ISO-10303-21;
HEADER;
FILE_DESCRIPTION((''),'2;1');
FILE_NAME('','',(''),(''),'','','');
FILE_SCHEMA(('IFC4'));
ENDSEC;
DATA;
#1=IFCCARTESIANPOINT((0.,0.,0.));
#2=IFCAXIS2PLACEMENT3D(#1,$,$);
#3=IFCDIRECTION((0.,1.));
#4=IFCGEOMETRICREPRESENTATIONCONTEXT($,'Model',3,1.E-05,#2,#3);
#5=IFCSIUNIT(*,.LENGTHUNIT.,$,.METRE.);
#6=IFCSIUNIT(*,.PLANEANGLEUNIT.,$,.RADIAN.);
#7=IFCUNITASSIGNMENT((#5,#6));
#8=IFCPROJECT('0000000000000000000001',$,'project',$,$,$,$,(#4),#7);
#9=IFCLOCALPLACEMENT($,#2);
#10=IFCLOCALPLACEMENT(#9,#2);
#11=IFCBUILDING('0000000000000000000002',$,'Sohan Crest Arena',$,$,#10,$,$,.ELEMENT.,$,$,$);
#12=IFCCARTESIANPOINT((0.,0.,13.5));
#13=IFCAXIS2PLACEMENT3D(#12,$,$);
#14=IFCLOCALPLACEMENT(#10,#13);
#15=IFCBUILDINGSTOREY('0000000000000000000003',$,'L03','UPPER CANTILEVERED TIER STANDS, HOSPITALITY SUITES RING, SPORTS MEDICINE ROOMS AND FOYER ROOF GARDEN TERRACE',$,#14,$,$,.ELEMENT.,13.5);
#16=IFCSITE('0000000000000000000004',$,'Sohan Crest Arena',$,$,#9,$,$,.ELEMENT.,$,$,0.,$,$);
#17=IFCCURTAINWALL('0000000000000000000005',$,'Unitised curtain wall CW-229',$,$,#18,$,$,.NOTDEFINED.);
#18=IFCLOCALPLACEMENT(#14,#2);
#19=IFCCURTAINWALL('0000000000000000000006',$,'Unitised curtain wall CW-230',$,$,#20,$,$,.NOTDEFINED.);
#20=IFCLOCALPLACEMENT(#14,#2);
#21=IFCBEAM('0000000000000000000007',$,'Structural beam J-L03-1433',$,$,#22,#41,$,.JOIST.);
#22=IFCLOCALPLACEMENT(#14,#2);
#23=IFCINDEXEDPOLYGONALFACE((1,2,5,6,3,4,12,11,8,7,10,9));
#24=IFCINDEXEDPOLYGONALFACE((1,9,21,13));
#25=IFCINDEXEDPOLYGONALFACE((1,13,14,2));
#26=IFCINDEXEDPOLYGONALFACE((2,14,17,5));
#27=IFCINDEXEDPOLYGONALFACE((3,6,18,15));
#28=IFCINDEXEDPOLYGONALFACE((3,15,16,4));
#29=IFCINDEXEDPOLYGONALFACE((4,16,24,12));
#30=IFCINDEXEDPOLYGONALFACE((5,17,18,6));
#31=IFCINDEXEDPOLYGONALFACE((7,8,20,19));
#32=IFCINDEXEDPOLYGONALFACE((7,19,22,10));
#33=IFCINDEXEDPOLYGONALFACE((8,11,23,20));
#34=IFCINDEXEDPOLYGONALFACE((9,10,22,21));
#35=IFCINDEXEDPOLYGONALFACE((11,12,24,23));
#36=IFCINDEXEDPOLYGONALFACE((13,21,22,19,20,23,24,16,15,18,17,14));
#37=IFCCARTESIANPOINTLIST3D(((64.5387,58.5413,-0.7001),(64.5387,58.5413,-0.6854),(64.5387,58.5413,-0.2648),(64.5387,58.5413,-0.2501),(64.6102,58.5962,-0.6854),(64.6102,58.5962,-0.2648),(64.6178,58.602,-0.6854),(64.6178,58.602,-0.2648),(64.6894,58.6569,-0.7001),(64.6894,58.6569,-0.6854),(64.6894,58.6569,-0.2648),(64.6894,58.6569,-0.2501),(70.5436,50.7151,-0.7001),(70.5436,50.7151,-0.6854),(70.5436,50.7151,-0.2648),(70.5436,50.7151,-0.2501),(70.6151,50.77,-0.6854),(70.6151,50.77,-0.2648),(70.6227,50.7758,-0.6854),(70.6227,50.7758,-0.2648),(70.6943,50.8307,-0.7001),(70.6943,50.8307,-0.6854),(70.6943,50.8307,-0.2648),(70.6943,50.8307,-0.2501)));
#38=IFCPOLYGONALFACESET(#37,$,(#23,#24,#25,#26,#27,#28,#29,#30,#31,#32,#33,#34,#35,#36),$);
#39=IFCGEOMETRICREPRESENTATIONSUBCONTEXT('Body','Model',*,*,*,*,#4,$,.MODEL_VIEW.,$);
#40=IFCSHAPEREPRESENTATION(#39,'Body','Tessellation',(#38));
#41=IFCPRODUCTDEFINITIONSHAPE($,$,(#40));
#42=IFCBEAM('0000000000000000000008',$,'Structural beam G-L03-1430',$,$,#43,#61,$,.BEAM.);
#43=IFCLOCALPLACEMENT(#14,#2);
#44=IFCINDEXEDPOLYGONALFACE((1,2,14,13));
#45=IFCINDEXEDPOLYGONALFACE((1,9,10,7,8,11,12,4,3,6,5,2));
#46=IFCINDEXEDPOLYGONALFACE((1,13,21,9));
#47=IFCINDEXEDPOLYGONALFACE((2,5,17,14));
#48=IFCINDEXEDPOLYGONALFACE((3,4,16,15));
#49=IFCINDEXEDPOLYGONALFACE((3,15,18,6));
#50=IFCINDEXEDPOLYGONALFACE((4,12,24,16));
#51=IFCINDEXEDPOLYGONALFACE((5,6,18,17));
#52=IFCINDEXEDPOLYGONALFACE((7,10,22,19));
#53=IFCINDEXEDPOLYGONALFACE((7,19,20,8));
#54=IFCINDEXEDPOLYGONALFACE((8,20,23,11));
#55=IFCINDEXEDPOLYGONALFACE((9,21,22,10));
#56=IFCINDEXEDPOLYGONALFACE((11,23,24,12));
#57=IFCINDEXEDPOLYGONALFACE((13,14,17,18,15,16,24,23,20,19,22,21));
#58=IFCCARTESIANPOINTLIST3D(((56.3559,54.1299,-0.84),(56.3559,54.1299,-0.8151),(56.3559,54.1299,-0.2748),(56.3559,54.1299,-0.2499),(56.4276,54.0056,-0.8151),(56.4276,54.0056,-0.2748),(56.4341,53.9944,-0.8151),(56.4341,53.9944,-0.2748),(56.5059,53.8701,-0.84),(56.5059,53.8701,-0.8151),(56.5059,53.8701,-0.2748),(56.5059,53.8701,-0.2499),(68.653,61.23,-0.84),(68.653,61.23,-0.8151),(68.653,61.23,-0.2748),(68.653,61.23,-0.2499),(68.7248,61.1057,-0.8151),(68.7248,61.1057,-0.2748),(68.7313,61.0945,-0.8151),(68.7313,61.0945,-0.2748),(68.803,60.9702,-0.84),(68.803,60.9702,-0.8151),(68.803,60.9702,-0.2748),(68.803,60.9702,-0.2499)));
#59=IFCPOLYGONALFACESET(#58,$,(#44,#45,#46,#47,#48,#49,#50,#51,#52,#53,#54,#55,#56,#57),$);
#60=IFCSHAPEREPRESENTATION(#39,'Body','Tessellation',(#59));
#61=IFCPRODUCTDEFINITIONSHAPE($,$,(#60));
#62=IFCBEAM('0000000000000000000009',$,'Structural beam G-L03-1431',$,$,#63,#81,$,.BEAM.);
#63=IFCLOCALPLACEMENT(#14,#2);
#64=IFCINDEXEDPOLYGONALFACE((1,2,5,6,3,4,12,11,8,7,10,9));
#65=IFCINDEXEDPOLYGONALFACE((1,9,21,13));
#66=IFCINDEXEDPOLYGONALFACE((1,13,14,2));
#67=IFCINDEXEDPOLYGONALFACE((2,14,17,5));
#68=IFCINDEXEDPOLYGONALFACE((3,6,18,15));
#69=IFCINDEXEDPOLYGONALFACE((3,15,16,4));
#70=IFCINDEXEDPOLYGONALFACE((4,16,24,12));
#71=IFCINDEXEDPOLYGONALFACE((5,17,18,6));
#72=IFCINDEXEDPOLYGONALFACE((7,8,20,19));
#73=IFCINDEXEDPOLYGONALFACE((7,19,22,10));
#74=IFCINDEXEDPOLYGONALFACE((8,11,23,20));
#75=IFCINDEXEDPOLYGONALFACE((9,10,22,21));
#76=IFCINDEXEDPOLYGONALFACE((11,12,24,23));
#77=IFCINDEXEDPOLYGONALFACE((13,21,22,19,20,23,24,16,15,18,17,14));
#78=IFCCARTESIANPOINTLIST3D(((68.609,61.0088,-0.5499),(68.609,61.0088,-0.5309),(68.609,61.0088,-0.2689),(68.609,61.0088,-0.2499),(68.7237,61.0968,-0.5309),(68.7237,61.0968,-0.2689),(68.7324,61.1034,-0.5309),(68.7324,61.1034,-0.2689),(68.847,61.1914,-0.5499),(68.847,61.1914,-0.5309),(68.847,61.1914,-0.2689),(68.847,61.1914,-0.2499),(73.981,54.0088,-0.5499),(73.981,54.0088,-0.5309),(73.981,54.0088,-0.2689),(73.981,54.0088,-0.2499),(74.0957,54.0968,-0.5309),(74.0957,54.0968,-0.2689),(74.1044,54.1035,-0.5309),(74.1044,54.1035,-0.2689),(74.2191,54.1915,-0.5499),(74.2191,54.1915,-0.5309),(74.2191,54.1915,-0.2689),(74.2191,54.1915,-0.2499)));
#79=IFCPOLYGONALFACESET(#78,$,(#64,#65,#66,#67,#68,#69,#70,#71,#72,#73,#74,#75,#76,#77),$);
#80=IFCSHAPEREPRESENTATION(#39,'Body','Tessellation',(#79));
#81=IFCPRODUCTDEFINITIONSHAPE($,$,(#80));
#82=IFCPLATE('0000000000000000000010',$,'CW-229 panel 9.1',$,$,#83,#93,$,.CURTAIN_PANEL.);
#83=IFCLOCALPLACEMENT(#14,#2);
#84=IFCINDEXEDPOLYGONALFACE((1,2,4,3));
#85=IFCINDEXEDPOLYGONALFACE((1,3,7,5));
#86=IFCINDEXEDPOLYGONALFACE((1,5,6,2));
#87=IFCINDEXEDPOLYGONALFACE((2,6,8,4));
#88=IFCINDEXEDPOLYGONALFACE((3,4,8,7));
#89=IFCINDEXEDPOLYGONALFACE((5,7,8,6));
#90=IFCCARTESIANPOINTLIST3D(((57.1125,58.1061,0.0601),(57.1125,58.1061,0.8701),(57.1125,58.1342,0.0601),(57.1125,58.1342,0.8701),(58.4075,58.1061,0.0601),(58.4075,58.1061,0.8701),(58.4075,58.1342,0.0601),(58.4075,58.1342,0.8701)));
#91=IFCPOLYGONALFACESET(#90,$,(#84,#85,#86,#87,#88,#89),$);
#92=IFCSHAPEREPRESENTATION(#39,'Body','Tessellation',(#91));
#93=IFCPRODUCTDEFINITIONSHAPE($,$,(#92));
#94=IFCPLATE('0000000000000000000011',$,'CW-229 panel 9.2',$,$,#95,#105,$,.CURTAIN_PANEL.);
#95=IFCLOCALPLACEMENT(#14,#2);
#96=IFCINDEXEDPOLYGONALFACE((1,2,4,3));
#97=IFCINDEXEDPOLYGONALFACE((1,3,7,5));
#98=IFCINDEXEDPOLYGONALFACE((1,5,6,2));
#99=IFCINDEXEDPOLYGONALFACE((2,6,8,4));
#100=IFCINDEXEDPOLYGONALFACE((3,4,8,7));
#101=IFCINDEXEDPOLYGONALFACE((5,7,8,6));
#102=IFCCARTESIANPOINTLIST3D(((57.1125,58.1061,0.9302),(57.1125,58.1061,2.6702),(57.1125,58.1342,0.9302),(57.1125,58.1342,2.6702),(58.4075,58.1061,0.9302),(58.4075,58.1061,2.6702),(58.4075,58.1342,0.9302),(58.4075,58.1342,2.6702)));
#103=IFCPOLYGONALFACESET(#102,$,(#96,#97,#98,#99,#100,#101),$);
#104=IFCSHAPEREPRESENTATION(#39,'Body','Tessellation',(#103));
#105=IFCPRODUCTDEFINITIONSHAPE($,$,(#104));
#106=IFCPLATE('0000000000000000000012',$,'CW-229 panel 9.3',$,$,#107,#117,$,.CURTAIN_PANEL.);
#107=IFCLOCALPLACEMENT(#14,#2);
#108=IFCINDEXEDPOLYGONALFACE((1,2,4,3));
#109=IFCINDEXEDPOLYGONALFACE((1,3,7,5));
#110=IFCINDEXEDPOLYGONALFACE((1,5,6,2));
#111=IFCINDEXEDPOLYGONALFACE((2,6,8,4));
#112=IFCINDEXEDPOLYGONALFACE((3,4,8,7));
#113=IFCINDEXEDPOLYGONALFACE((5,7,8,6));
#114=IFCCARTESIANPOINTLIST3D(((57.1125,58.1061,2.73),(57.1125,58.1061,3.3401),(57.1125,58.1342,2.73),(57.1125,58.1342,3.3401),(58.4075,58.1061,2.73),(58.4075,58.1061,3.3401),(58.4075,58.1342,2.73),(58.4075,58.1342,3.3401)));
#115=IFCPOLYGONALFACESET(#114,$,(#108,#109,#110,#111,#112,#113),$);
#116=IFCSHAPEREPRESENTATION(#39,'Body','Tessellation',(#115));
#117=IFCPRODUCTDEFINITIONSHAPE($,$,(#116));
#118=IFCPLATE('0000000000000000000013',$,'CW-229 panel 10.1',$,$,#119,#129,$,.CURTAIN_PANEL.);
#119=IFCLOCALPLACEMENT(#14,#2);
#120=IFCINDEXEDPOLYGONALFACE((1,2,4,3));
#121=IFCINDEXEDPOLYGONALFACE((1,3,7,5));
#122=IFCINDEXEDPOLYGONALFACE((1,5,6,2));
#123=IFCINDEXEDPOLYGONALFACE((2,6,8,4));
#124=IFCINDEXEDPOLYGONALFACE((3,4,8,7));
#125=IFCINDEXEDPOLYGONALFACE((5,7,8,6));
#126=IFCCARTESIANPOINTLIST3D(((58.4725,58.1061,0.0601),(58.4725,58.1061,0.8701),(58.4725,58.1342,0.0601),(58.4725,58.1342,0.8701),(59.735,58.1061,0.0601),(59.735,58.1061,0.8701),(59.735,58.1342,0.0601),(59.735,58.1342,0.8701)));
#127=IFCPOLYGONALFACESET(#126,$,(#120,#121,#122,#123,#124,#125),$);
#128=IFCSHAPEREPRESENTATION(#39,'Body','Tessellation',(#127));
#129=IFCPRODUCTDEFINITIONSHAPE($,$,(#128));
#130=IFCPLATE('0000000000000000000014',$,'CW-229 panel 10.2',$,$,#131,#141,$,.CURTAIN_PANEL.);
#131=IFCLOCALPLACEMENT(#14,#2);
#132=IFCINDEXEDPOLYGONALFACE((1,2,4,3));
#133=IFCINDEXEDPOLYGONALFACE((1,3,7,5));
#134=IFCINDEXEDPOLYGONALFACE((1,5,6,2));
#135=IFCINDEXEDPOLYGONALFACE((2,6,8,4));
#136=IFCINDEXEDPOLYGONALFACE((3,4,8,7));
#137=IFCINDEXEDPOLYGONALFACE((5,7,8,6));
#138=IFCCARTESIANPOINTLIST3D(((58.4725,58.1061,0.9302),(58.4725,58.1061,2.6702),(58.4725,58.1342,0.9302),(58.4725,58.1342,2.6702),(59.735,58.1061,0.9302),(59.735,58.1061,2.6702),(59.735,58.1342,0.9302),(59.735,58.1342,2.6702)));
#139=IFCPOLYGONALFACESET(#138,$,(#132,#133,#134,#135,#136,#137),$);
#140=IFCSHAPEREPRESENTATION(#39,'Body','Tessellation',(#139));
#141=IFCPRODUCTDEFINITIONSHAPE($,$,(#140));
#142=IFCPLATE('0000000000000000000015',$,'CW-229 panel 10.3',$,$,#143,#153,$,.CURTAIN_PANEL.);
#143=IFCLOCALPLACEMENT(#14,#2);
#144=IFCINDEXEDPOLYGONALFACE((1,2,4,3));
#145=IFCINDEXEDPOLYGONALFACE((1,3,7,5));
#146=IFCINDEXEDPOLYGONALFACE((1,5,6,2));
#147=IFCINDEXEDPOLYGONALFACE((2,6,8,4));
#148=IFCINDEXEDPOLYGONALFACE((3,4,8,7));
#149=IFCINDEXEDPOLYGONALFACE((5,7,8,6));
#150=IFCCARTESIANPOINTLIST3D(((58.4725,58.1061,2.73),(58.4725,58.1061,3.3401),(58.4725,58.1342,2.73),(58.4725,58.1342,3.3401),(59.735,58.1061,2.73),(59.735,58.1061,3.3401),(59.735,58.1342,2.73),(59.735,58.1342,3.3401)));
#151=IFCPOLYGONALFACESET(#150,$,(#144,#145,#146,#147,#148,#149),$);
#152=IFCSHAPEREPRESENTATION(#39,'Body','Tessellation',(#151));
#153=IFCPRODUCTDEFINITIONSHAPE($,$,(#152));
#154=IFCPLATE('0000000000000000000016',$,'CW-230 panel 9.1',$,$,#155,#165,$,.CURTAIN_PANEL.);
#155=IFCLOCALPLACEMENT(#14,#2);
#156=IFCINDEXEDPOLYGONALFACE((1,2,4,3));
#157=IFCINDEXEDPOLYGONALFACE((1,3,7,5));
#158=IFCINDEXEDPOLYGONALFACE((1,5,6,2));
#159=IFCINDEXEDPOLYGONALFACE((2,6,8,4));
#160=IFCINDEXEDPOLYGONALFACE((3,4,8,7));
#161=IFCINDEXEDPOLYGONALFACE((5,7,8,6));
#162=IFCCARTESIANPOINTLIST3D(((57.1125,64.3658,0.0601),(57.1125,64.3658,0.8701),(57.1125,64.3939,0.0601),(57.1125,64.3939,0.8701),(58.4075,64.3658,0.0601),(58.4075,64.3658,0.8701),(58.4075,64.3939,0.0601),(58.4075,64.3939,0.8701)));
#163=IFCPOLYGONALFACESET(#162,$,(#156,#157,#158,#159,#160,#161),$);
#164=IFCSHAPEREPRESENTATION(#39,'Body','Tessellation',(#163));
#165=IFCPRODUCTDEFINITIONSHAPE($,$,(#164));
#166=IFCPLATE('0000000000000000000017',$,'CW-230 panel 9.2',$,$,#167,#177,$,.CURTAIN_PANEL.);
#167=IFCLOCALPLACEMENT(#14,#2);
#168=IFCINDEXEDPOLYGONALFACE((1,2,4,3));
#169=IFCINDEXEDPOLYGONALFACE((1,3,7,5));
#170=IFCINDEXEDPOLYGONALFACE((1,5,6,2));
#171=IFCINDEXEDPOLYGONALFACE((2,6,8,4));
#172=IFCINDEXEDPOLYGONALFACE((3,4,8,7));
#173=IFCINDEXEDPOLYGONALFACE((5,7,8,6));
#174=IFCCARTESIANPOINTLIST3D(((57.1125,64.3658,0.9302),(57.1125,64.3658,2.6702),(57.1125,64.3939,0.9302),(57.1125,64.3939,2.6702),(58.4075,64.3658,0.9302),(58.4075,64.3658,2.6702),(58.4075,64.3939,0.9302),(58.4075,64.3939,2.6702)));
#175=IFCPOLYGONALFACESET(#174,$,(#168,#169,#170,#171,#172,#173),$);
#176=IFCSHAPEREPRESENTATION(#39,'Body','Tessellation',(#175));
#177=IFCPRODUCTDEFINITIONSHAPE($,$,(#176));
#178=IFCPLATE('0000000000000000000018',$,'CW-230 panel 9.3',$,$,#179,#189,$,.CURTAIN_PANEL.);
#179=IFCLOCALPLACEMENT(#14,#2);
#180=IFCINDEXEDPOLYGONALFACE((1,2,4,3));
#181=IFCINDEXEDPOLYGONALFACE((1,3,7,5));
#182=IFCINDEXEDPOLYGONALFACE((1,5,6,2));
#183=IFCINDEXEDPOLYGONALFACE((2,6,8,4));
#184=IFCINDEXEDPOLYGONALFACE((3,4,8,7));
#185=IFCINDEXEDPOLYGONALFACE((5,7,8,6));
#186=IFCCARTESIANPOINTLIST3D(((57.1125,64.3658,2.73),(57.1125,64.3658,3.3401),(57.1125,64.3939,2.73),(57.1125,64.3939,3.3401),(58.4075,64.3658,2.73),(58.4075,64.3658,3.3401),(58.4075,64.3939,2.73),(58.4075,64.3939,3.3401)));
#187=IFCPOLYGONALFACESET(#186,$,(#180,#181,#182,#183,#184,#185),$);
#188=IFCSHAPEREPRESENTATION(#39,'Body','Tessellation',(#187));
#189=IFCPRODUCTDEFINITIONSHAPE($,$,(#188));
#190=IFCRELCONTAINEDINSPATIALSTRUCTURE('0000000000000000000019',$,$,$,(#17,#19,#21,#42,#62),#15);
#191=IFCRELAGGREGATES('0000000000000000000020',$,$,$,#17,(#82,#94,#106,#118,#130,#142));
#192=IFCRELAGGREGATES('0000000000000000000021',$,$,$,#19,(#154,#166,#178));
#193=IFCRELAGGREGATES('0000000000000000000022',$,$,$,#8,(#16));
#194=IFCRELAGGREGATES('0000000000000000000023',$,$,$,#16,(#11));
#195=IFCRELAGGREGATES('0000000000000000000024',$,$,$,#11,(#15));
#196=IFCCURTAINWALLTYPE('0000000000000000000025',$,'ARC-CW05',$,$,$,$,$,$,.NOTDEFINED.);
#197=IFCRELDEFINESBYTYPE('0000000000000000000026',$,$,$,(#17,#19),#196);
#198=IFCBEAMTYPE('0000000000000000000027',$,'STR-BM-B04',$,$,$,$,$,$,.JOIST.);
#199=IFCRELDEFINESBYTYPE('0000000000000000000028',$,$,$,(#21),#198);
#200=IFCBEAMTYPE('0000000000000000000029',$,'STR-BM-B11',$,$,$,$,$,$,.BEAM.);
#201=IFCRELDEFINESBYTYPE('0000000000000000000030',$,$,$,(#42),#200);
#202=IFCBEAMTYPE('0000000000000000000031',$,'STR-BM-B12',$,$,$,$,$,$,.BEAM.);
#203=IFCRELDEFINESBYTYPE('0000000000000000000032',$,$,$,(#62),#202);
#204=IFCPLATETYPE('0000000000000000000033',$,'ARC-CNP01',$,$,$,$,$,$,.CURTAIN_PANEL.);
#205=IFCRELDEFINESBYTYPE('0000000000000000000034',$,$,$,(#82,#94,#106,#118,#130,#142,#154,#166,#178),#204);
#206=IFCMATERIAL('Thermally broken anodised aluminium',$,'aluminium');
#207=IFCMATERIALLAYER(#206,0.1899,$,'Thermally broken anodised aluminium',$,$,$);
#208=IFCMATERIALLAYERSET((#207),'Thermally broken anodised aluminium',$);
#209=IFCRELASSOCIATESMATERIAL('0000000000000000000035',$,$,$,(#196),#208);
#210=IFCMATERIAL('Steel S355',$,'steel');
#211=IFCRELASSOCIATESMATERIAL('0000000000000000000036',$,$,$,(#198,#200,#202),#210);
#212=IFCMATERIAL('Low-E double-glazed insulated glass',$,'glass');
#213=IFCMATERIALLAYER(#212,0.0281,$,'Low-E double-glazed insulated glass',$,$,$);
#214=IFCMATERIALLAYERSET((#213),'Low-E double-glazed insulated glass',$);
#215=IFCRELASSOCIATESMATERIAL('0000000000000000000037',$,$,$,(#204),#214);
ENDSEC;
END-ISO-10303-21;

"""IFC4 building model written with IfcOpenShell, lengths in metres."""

from ifc_helpers import new_model, si_unit, direction, frame, origin, origin_2d, place, context, subcontext, project, spatial, rectangle, i_section, extrude, material, layer, layer_set, material_profile, profile_set, type_object, element, aggregate, save


model = new_model("IFC4")

# Units and contexts
model_context = context("Model", 3, precision=1e-05, world=origin(), true_north=direction((0.0, 1.0)))
body_context = subcontext(model_context, "Body", "Model", "MODEL_VIEW")
ifc_project = project(units=[si_unit("LENGTHUNIT", "METRE"), si_unit("PLANEANGLEUNIT", "RADIAN")], contexts=[model_context])

# Site, building, storey
site_placement = place(None, origin())
site = spatial("IfcSite", under=ifc_project, at=site_placement, Name="Sohan Crest Arena", CompositionType="ELEMENT", RefElevation=0.0)
building_placement = place(site_placement, origin())
building = spatial("IfcBuilding", under=site, at=building_placement, Name="Sohan Crest Arena", CompositionType="ELEMENT")
storey_placement = place(building_placement, frame((0.0, 0.0, 13.5)))
storey = spatial("IfcBuildingStorey", under=building, at=storey_placement, Name="L03", Description="UPPER CANTILEVERED TIER STANDS, HOSPITALITY SUITES RING, SPORTS MEDICINE ROOMS AND FOYER ROOF GARDEN TERRACE", CompositionType="ELEMENT", Elevation=13.5)

# Shared definitions
ifc_material_1 = material(Name="Steel S355", Category="steel")

# Curtain walls
ifc_material_2 = material(Name="Thermally broken anodised aluminium", Category="aluminium")
ifc_layer_1 = layer(ifc_material_2, 0.1899, Name="Thermally broken anodised aluminium")
ifc_layer_set_1 = layer_set([ifc_layer_1], Name="Thermally broken anodised aluminium")
curtain_wall_type = type_object("IfcCurtainWallType", Name="ARC-CW05", PredefinedType="NOTDEFINED", material=ifc_layer_set_1)
curtain_wall_1_placement = place(storey_placement, origin())
curtain_wall_1 = element("IfcCurtainWall", 1, at=curtain_wall_1_placement, inside=storey, type_object=curtain_wall_type, Name="Unitised curtain wall CW-229", PredefinedType="NOTDEFINED")
curtain_wall_2_placement = place(storey_placement, origin())
curtain_wall_2 = element("IfcCurtainWall", 2, at=curtain_wall_2_placement, inside=storey, type_object=curtain_wall_type, Name="Unitised curtain wall CW-230", PredefinedType="NOTDEFINED")

# Beams
ifc_material_profile_1 = material_profile(ifc_material_1, i_section(OverallWidth=0.1899, OverallDepth=0.45, WebThickness=0.0095, FlangeThickness=0.0146, at=origin_2d()), Name="IPE 450")
ifc_profile_set_1 = profile_set([ifc_material_profile_1], Name="Steel S355")
beam_type_1 = type_object("IfcBeamType", Name="STR-BM-B04", PredefinedType="JOIST", material=ifc_profile_set_1)
beam_1_placement = place(storey_placement, frame((64.614, 58.5991, -0.4751), z_axis=(0.608739, -0.79337, 0.0), x_axis=(0.79337, 0.608739, 0.0)))
element("IfcBeam", 3, at=beam_1_placement, inside=storey, type_object=beam_type_1, Name="Structural beam J-L03-1433", PredefinedType="JOIST", context=body_context, shape_type="SweptSolid", body=[
    extrude(i_section(OverallWidth=0.1899, OverallDepth=0.45, WebThickness=0.0095, FlangeThickness=0.0146, at=origin_2d()), origin(), (0.0, 0.0, 1.0), 9.8645),
])
ifc_material_profile_2 = material_profile(ifc_material_1, i_section(OverallWidth=0.3, OverallDepth=0.5901, WebThickness=0.0129, FlangeThickness=0.0249, at=origin_2d()), Name="HEA 600")
ifc_profile_set_2 = profile_set([ifc_material_profile_2], Name="Steel S355")
beam_type_2 = type_object("IfcBeamType", Name="STR-BM-B11", PredefinedType="BEAM", material=ifc_profile_set_2)
beam_2_placement = place(storey_placement, frame((68.728, 61.1001, -0.5449), z_axis=(-0.866015, -0.500019, 0.0), x_axis=(0.500019, -0.866015, 0.0)))
element("IfcBeam", 4, at=beam_2_placement, inside=storey, type_object=beam_type_2, Name="Structural beam G-L03-1430", PredefinedType="BEAM", context=body_context, shape_type="SweptSolid", body=[
    extrude(i_section(OverallWidth=0.3, OverallDepth=0.5901, WebThickness=0.0129, FlangeThickness=0.0249, at=origin_2d()), origin(), (0.0, 0.0, 1.0), 14.1997),
])
ifc_material_profile_3 = material_profile(ifc_material_1, i_section(OverallWidth=0.3, OverallDepth=0.3, WebThickness=0.011, FlangeThickness=0.019, at=origin_2d()), Name="HEB 300")
ifc_profile_set_3 = profile_set([ifc_material_profile_3], Name="Steel S355")
beam_type_3 = type_object("IfcBeamType", Name="STR-BM-B12", PredefinedType="BEAM", material=ifc_profile_set_3)
beam_3_placement = place(storey_placement, frame((68.728, 61.1001, -0.3999), z_axis=(0.608817, -0.793311, 0.0), x_axis=(0.793311, 0.608817, 0.0)))
element("IfcBeam", 5, at=beam_3_placement, inside=storey, type_object=beam_type_3, Name="Structural beam G-L03-1431", PredefinedType="BEAM", context=body_context, shape_type="SweptSolid", body=[
    extrude(i_section(OverallWidth=0.3, OverallDepth=0.3, WebThickness=0.011, FlangeThickness=0.019, at=origin_2d()), origin(), (0.0, 0.0, 1.0), 8.8237),
])

# Plates
ifc_material_3 = material(Name="Low-E double-glazed insulated glass", Category="glass")
ifc_layer_2 = layer(ifc_material_3, 0.0281, Name="Low-E double-glazed insulated glass")
ifc_layer_set_2 = layer_set([ifc_layer_2], Name="Low-E double-glazed insulated glass")
plate_type = type_object("IfcPlateType", Name="ARC-CNP01", PredefinedType="CURTAIN_PANEL", material=ifc_layer_set_2)
plate_1_placement = place(storey_placement, frame((57.76, 58.1201, 0.0601), z_axis=(0.0, 0.0, 1.0), x_axis=(1.0, 0.0, 0.0)))
plate_1 = element("IfcPlate", 6, at=plate_1_placement, type_object=plate_type, Name="CW-229 panel 9.1", PredefinedType="CURTAIN_PANEL", context=body_context, shape_type="SweptSolid", body=[
    extrude(rectangle(XDim=1.2949, YDim=0.0281, at=origin_2d()), origin(), (0.0, 0.0, 1.0), 0.8101),
])
plate_2_placement = place(storey_placement, frame((57.76, 58.1201, 0.9302), z_axis=(0.0, 0.0, 1.0), x_axis=(1.0, 0.0, 0.0)))
plate_2 = element("IfcPlate", 7, at=plate_2_placement, type_object=plate_type, Name="CW-229 panel 9.2", PredefinedType="CURTAIN_PANEL", context=body_context, shape_type="SweptSolid", body=[
    extrude(rectangle(XDim=1.2949, YDim=0.0281, at=origin_2d()), origin(), (0.0, 0.0, 1.0), 1.74),
])
plate_3_placement = place(storey_placement, frame((57.76, 58.1201, 2.73), z_axis=(0.0, 0.0, 1.0), x_axis=(1.0, 0.0, 0.0)))
plate_3 = element("IfcPlate", 8, at=plate_3_placement, type_object=plate_type, Name="CW-229 panel 9.3", PredefinedType="CURTAIN_PANEL", context=body_context, shape_type="SweptSolid", body=[
    extrude(rectangle(XDim=1.2949, YDim=0.0281, at=origin_2d()), origin(), (0.0, 0.0, 1.0), 0.6101),
])
plate_4_placement = place(storey_placement, frame((59.1038, 58.1201, 0.0601), z_axis=(0.0, 0.0, 1.0), x_axis=(1.0, 0.0, 0.0)))
plate_4 = element("IfcPlate", 9, at=plate_4_placement, type_object=plate_type, Name="CW-229 panel 10.1", PredefinedType="CURTAIN_PANEL", context=body_context, shape_type="SweptSolid", body=[
    extrude(rectangle(XDim=1.2625, YDim=0.0281, at=origin_2d()), origin(), (0.0, 0.0, 1.0), 0.8101),
])
plate_5_placement = place(storey_placement, frame((59.1038, 58.1201, 0.9302), z_axis=(0.0, 0.0, 1.0), x_axis=(1.0, 0.0, 0.0)))
plate_5 = element("IfcPlate", 10, at=plate_5_placement, type_object=plate_type, Name="CW-229 panel 10.2", PredefinedType="CURTAIN_PANEL", context=body_context, shape_type="SweptSolid", body=[
    extrude(rectangle(XDim=1.2625, YDim=0.0281, at=origin_2d()), origin(), (0.0, 0.0, 1.0), 1.74),
])
plate_6_placement = place(storey_placement, frame((59.1038, 58.1201, 2.73), z_axis=(0.0, 0.0, 1.0), x_axis=(1.0, 0.0, 0.0)))
plate_6 = element("IfcPlate", 11, at=plate_6_placement, type_object=plate_type, Name="CW-229 panel 10.3", PredefinedType="CURTAIN_PANEL", context=body_context, shape_type="SweptSolid", body=[
    extrude(rectangle(XDim=1.2625, YDim=0.0281, at=origin_2d()), origin(), (0.0, 0.0, 1.0), 0.6101),
])
aggregate(curtain_wall_1, [plate_1, plate_2, plate_3, plate_4, plate_5, plate_6])
plate_7_placement = place(storey_placement, frame((57.76, 64.3799, 0.0601), z_axis=(0.0, 0.0, 1.0), x_axis=(1.0, 0.0, 0.0)))
plate_7 = element("IfcPlate", 12, at=plate_7_placement, type_object=plate_type, Name="CW-230 panel 9.1", PredefinedType="CURTAIN_PANEL", context=body_context, shape_type="SweptSolid", body=[
    extrude(rectangle(XDim=1.2949, YDim=0.0281, at=origin_2d()), origin(), (0.0, 0.0, 1.0), 0.8101),
])
plate_8_placement = place(storey_placement, frame((57.76, 64.3799, 0.9302), z_axis=(0.0, 0.0, 1.0), x_axis=(1.0, 0.0, 0.0)))
plate_8 = element("IfcPlate", 13, at=plate_8_placement, type_object=plate_type, Name="CW-230 panel 9.2", PredefinedType="CURTAIN_PANEL", context=body_context, shape_type="SweptSolid", body=[
    extrude(rectangle(XDim=1.2949, YDim=0.0281, at=origin_2d()), origin(), (0.0, 0.0, 1.0), 1.74),
])
plate_9_placement = place(storey_placement, frame((57.76, 64.3799, 2.73), z_axis=(0.0, 0.0, 1.0), x_axis=(1.0, 0.0, 0.0)))
plate_9 = element("IfcPlate", 14, at=plate_9_placement, type_object=plate_type, Name="CW-230 panel 9.3", PredefinedType="CURTAIN_PANEL", context=body_context, shape_type="SweptSolid", body=[
    extrude(rectangle(XDim=1.2949, YDim=0.0281, at=origin_2d()), origin(), (0.0, 0.0, 1.0), 0.6101),
])
aggregate(curtain_wall_2, [plate_7, plate_8, plate_9])

save(model, "model.ifc")
